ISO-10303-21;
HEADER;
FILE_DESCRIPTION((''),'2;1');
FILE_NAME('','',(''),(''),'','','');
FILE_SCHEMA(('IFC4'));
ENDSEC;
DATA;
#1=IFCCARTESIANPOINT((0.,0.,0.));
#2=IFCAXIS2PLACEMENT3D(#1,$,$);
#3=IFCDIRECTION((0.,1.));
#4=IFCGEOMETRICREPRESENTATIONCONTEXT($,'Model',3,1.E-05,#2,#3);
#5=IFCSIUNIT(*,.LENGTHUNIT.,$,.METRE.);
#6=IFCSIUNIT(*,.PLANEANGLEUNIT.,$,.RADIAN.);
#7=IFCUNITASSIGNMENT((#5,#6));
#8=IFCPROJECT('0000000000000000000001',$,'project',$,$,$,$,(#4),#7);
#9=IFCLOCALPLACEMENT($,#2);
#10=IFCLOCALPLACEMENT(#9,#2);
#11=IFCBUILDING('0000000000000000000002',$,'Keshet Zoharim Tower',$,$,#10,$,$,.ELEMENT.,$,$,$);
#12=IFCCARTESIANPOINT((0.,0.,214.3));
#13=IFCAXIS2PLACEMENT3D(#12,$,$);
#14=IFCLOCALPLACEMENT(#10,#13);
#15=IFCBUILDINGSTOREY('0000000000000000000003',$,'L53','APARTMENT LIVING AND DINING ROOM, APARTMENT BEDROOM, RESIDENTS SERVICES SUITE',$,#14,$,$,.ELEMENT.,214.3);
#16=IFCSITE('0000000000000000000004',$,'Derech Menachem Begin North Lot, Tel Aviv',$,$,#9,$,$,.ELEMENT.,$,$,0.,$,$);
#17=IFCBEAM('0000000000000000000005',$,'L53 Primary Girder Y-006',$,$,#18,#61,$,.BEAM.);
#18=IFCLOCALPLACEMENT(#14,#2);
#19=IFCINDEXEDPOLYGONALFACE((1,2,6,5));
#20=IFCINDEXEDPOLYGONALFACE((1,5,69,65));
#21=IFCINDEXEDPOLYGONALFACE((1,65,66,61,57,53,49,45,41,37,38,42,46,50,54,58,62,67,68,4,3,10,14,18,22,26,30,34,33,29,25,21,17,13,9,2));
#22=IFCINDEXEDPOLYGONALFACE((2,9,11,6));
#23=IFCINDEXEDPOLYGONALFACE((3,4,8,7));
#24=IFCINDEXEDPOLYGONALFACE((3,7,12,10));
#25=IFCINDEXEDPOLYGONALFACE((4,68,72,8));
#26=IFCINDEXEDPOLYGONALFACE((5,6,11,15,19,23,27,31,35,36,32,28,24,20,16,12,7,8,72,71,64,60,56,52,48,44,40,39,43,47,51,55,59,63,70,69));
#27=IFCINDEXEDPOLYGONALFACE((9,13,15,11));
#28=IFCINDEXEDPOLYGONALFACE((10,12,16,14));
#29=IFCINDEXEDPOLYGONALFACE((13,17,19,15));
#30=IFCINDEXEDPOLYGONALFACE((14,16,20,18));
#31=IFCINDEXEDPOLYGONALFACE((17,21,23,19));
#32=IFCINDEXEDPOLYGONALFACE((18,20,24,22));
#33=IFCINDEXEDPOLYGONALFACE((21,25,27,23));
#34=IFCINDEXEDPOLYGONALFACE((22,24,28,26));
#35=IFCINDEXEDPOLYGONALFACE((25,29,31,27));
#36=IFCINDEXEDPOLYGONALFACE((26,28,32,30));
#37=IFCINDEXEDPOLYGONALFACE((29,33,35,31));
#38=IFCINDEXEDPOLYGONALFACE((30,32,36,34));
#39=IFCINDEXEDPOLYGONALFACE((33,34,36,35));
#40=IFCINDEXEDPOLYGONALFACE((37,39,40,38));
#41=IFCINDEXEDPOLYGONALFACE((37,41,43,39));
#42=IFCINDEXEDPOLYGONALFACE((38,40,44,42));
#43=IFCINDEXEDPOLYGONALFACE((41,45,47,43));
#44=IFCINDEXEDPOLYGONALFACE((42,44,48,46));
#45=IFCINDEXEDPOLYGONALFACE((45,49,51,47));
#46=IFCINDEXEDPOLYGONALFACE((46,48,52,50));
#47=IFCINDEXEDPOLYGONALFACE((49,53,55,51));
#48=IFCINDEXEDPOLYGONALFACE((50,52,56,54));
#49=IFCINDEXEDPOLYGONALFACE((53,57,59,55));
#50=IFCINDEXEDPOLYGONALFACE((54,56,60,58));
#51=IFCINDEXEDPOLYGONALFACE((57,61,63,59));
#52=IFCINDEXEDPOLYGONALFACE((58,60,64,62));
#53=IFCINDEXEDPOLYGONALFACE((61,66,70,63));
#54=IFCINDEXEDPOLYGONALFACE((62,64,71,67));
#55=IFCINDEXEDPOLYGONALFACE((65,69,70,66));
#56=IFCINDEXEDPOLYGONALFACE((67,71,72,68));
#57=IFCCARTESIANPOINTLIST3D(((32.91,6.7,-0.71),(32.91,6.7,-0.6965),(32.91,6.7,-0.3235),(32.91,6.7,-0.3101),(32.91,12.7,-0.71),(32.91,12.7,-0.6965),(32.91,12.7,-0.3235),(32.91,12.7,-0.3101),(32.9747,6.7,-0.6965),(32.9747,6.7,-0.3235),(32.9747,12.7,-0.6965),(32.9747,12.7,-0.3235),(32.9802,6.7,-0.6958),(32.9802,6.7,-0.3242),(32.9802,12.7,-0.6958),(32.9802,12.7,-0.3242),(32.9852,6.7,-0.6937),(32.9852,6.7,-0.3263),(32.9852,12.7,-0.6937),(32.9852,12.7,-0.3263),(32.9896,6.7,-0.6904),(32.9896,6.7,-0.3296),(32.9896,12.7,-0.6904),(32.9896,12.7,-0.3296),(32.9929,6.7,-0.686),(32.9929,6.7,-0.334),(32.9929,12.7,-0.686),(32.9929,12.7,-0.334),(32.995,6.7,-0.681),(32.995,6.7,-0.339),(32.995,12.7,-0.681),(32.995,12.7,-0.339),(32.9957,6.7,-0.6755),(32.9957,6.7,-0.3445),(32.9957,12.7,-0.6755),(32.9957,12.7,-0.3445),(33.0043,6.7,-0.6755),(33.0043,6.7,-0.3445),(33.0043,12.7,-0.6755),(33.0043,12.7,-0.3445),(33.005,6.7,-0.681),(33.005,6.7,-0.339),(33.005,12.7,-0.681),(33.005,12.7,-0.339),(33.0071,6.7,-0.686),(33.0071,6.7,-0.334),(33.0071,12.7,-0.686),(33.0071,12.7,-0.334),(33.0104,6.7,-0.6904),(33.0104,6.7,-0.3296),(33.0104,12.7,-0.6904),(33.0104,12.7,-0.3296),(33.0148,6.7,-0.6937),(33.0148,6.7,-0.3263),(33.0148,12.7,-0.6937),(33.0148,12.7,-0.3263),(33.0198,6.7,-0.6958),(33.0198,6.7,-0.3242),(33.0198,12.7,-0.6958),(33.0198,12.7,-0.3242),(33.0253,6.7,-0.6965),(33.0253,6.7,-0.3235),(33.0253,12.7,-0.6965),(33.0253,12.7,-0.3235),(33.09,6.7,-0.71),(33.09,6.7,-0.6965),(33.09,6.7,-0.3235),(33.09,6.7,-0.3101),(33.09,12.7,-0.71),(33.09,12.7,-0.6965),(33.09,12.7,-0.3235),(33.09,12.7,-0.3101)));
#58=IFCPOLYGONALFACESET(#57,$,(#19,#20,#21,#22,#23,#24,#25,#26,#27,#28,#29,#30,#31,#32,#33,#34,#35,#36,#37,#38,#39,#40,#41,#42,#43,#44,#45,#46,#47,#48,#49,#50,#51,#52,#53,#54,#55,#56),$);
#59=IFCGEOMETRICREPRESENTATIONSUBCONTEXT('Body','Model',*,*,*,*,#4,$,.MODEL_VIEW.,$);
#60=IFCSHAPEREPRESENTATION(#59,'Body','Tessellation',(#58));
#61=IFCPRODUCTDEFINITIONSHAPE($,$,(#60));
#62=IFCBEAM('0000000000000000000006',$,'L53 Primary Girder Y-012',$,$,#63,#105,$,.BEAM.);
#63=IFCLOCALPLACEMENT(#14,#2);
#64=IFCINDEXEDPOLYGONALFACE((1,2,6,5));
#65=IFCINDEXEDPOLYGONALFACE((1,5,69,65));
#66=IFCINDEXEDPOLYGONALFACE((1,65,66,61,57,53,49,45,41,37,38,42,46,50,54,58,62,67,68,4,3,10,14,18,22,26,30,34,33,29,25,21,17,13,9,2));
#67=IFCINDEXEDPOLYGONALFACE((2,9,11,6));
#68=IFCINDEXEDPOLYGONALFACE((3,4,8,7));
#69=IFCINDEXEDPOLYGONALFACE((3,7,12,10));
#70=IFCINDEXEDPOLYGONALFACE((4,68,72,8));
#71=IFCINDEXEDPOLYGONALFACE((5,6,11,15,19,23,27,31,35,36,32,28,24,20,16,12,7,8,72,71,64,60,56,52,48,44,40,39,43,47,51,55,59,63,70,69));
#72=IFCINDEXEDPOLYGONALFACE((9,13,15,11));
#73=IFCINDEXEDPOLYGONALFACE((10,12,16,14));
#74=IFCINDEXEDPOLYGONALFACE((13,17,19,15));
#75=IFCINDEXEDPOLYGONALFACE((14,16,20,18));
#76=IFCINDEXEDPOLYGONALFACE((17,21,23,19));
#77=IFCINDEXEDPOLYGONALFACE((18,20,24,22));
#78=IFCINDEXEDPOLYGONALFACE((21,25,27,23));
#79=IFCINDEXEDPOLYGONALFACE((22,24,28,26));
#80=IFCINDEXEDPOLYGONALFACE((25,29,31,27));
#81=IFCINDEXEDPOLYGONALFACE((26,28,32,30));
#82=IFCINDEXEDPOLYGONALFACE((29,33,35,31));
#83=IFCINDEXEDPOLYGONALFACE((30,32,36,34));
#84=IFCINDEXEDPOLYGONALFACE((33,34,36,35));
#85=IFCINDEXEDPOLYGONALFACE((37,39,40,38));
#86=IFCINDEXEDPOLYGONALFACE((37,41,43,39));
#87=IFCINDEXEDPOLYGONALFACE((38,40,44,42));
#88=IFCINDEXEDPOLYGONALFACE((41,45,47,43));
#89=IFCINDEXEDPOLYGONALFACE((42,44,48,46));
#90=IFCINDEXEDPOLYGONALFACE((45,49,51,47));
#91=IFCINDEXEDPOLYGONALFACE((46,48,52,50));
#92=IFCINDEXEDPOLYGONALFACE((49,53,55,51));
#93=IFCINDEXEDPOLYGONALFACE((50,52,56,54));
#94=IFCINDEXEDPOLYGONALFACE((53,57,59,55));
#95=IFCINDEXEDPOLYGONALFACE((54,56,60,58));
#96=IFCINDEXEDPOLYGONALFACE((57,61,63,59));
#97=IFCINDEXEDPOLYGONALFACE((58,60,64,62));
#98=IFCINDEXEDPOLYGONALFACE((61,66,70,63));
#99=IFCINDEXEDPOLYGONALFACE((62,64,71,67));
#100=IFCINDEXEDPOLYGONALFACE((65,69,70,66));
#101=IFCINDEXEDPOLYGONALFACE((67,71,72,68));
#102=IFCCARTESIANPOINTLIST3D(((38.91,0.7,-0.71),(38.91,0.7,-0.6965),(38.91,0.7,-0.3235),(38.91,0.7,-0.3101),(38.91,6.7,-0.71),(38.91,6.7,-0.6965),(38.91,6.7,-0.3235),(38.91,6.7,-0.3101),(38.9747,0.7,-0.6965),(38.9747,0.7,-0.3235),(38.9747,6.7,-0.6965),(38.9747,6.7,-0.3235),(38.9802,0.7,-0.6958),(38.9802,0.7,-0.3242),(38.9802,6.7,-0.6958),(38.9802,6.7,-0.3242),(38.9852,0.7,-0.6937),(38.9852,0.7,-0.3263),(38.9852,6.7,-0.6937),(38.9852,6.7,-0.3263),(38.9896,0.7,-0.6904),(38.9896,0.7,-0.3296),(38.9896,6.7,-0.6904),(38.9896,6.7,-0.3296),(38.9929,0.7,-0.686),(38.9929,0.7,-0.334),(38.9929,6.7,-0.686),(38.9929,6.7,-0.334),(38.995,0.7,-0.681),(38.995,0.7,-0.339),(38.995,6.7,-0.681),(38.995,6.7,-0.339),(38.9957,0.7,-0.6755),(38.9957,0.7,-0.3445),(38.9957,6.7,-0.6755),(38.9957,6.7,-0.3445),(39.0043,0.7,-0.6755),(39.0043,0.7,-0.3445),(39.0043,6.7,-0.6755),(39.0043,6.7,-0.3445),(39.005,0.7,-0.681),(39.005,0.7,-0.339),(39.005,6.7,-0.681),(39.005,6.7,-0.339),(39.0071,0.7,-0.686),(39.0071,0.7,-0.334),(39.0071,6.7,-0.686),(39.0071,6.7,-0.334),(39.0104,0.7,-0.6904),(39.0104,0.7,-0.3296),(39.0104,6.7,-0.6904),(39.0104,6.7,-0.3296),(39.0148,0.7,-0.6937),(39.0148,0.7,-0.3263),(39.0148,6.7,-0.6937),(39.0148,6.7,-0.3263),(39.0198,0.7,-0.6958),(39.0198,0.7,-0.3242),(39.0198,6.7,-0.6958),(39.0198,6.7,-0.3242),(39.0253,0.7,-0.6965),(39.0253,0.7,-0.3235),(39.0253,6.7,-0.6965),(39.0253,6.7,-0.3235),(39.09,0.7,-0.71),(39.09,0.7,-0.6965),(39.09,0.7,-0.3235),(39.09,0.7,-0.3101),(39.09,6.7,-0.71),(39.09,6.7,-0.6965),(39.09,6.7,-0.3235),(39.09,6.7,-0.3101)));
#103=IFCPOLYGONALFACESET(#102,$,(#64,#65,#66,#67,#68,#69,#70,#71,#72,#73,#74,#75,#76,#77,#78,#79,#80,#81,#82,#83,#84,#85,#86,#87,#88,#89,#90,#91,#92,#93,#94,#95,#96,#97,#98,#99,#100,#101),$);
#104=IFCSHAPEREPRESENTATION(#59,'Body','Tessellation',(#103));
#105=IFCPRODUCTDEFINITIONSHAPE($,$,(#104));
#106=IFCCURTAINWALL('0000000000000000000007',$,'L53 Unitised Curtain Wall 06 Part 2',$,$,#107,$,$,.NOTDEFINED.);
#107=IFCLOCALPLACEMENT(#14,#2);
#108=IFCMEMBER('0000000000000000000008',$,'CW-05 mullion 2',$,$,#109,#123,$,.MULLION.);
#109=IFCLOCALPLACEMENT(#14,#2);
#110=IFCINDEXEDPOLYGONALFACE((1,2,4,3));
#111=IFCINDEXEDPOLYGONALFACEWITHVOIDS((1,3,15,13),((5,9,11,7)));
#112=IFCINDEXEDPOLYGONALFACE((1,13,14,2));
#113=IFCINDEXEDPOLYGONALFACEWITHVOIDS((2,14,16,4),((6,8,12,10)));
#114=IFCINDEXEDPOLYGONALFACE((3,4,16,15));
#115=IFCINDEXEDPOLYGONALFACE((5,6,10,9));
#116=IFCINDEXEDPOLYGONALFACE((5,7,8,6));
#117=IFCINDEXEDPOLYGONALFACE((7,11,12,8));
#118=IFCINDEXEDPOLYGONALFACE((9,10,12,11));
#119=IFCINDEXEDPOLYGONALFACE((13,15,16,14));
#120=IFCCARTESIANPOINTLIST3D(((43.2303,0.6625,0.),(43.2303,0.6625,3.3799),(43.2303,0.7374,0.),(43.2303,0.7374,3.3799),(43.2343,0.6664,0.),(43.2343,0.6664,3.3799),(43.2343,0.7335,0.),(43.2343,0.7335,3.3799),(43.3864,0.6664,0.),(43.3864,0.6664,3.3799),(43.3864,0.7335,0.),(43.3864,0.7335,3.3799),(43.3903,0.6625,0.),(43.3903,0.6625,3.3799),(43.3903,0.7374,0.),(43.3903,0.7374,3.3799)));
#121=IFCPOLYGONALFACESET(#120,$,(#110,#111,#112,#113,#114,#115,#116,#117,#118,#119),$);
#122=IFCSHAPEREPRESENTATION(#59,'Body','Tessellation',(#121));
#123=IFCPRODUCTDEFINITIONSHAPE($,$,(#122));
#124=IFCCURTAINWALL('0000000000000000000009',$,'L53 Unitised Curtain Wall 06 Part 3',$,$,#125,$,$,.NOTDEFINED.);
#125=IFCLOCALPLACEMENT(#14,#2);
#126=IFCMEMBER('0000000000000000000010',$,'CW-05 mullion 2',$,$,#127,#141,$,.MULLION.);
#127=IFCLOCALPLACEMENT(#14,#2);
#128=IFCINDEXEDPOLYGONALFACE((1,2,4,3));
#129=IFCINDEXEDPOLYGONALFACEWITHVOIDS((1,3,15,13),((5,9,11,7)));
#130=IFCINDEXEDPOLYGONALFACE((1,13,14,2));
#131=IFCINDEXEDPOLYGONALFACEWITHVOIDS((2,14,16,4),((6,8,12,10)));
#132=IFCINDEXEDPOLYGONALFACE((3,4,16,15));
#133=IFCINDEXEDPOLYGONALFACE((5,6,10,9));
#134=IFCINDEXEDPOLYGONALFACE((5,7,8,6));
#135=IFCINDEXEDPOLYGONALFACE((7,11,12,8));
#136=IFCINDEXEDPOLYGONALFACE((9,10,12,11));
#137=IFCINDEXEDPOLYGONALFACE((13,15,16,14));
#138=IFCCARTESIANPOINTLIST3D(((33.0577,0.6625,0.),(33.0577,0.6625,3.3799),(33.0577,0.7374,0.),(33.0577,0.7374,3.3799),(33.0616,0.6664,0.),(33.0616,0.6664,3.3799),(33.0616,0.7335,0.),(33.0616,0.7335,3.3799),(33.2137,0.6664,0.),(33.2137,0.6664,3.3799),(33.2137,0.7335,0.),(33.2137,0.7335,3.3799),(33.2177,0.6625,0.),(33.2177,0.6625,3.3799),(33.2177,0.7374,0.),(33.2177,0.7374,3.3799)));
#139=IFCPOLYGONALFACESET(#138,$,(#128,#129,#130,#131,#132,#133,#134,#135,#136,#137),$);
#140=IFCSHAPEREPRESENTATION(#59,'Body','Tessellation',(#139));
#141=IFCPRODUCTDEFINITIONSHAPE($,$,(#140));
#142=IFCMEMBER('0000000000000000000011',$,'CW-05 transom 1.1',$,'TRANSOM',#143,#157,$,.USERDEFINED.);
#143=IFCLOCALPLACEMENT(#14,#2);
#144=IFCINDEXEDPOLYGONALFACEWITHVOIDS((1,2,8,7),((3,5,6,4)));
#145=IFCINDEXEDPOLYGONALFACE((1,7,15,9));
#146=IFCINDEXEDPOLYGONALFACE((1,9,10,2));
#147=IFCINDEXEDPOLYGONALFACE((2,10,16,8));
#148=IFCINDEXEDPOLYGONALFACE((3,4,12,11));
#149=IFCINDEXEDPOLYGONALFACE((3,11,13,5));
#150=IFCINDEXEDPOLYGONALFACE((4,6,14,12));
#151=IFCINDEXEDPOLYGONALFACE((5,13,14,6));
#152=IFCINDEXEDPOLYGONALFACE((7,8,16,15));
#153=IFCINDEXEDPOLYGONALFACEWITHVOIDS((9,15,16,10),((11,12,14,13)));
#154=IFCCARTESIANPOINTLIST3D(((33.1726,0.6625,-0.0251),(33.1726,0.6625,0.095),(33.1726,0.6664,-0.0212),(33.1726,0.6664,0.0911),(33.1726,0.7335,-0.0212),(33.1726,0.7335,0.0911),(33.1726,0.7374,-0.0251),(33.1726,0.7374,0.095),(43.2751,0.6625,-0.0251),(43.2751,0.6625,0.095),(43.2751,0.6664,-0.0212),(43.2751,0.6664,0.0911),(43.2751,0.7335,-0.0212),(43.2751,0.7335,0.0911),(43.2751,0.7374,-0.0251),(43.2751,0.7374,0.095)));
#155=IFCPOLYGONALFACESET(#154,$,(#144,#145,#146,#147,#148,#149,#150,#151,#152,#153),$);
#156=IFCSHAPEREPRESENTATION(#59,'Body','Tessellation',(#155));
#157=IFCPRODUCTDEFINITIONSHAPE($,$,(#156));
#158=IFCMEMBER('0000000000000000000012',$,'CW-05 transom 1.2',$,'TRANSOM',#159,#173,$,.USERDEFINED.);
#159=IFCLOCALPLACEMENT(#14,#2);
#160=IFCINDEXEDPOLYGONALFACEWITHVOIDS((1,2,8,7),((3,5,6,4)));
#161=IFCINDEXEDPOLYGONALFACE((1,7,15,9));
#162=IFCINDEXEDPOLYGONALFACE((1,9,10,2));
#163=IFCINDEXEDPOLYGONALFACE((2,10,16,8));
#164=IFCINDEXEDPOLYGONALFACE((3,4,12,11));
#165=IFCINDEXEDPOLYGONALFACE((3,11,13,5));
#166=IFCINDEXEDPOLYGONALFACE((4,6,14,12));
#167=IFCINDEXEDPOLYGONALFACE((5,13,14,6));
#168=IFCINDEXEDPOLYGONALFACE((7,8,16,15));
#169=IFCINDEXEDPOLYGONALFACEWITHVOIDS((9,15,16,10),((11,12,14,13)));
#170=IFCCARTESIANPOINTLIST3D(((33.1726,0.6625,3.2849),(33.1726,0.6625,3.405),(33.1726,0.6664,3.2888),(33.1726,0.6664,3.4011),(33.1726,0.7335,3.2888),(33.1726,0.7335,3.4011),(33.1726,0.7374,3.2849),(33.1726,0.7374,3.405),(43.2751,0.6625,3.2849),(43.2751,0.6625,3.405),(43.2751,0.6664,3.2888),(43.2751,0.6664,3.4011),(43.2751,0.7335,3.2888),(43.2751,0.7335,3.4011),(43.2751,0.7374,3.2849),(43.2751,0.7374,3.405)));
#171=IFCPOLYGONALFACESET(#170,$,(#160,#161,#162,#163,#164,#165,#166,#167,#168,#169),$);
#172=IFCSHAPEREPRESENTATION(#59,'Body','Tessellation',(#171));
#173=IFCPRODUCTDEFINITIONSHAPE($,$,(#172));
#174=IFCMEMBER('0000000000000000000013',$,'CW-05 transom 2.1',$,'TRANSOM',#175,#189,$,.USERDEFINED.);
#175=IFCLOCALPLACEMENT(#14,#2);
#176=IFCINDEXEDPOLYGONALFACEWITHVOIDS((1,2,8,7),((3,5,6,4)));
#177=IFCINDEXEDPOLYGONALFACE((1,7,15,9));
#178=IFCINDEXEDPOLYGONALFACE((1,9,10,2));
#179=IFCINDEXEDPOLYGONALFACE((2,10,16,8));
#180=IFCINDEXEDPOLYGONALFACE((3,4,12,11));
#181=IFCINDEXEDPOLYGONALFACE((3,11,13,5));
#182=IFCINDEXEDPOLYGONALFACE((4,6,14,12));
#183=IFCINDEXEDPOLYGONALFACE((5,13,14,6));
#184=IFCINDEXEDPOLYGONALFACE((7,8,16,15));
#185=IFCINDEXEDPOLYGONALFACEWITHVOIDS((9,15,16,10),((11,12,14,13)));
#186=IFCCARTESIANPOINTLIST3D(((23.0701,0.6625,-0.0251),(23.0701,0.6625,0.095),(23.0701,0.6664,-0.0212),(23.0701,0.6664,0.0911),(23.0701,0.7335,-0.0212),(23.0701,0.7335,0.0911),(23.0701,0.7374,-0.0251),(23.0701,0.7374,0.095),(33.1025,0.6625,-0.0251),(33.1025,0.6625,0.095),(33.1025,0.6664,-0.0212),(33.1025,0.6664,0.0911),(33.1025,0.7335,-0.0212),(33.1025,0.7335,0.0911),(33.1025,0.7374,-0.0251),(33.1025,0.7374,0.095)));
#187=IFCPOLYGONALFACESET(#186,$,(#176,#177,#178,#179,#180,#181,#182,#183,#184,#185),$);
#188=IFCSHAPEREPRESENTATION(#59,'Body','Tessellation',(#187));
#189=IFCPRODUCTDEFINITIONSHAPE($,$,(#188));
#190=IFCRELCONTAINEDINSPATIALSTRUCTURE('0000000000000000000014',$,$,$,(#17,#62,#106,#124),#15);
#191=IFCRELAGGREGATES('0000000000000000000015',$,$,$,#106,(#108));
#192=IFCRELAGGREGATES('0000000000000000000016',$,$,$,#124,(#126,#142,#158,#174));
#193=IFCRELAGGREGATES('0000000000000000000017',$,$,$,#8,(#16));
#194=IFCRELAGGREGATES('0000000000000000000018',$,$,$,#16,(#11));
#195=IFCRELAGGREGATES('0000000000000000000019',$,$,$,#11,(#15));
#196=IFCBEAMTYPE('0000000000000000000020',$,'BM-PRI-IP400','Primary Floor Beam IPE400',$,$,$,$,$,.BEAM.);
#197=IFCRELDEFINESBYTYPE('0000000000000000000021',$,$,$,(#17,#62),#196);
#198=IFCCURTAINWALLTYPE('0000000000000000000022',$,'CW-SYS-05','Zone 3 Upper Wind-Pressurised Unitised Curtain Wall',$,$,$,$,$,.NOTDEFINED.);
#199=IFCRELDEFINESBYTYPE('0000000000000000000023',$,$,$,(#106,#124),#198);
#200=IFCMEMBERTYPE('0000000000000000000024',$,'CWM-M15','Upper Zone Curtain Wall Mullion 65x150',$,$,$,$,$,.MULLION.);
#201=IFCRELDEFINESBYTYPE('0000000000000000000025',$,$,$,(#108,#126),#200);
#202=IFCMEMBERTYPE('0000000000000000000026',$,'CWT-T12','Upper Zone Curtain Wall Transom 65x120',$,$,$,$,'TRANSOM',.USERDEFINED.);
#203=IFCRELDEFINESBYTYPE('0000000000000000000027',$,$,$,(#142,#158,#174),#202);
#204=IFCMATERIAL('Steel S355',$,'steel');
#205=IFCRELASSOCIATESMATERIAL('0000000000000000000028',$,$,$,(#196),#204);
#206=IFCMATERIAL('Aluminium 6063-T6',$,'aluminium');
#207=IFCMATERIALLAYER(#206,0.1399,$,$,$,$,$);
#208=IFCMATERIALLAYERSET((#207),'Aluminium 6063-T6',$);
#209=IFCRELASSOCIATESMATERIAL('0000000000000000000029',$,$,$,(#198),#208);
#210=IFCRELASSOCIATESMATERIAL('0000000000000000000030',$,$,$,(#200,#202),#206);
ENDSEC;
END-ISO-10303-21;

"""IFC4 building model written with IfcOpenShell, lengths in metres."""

from ifc_helpers import new_model, si_unit, direction, frame, origin, origin_2d, place, context, subcontext, project, spatial, hollow_rectangle, i_section, extrude, material, layer, layer_set, material_profile, profile_set, type_object, element, aggregate, save


model = new_model("IFC4")

# Units and contexts
model_context = context("Model", 3, precision=1e-05, world=origin(), true_north=direction((0.0, 1.0)))
body_context = subcontext(model_context, "Body", "Model", "MODEL_VIEW")
ifc_project = project(units=[si_unit("LENGTHUNIT", "METRE"), si_unit("PLANEANGLEUNIT", "RADIAN")], contexts=[model_context])

# Site, building, storey
site_placement = place(None, origin())
site = spatial("IfcSite", under=ifc_project, at=site_placement, Name="Derech Menachem Begin North Lot, Tel Aviv", CompositionType="ELEMENT", RefElevation=0.0)
building_placement = place(site_placement, origin())
building = spatial("IfcBuilding", under=site, at=building_placement, Name="Keshet Zoharim Tower", CompositionType="ELEMENT")
storey_placement = place(building_placement, frame((0.0, 0.0, 214.3)))
storey = spatial("IfcBuildingStorey", under=building, at=storey_placement, Name="L53", Description="APARTMENT LIVING AND DINING ROOM, APARTMENT BEDROOM, RESIDENTS SERVICES SUITE", CompositionType="ELEMENT", Elevation=214.3)

# Shared definitions
ifc_material_1 = material(Name="Steel S355", Category="steel")

# Beams
ifc_material_profile_1 = material_profile(ifc_material_1, i_section(OverallWidth=0.1799, OverallDepth=0.3999, WebThickness=0.0085, FlangeThickness=0.0134, FilletRadius=0.021, at=origin_2d()), Name="IPE400")
ifc_profile_set_1 = profile_set([ifc_material_profile_1], Name="Steel S355")
beam_type_1 = type_object("IfcBeamType", Name="BM-PRI-IP400", Description="Primary Floor Beam IPE400", PredefinedType="BEAM", material=ifc_profile_set_1)
for number, where, z_axis, x_axis, name in (
    (1, (33.0, 6.7, -0.51), (0.0, 1.0, 0.0), (-1.0, 0.0, 0.0), "L53 Primary Girder Y-006"),
    (2, (39.0, 0.7, -0.51), (0.0, 1.0, 0.0), (-1.0, 0.0, 0.0), "L53 Primary Girder Y-012"),
):
    element("IfcBeam", number, at=place(storey_placement, frame(where, z_axis=z_axis, x_axis=x_axis)), inside=storey, type_object=beam_type_1, Name=name, PredefinedType="BEAM", context=body_context, shape_type="SweptSolid", body=[
        extrude(i_section(OverallWidth=0.1799, OverallDepth=0.3999, WebThickness=0.0085, FlangeThickness=0.0134, FilletRadius=0.021, at=origin_2d()), origin(), (0.0, 0.0, 1.0), 6.0),
    ])

# Curtain wall, member
ifc_material_2 = material(Name="Aluminium 6063-T6", Category="aluminium")
ifc_layer_1 = layer(ifc_material_2, 0.1399)
ifc_layer_set_1 = layer_set([ifc_layer_1], Name="Aluminium 6063-T6")
curtain_wall_type = type_object("IfcCurtainWallType", Name="CW-SYS-05", Description="Zone 3 Upper Wind-Pressurised Unitised Curtain Wall", PredefinedType="NOTDEFINED", material=ifc_layer_set_1)
curtain_wall_1_placement = place(storey_placement, origin())
curtain_wall_1 = element("IfcCurtainWall", 3, at=curtain_wall_1_placement, inside=storey, type_object=curtain_wall_type, Name="L53 Unitised Curtain Wall 06 Part 2", PredefinedType="NOTDEFINED")
ifc_material_profile_2 = material_profile(ifc_material_2, hollow_rectangle(XDim=0.075, YDim=0.1599, WallThickness=0.0039, at=origin_2d()), Name="MUL-75x160")
ifc_profile_set_2 = profile_set([ifc_material_profile_2], Name="Aluminium 6063-T6")
member_type_1 = type_object("IfcMemberType", Name="CWM-M15", Description="Upper Zone Curtain Wall Mullion 65x150", PredefinedType="MULLION", material=ifc_profile_set_2)
member_1_placement = place(storey_placement, frame((43.3103, 0.7, 0.0), z_axis=(0.0, 0.0, 1.0), x_axis=(0.0, -1.0, 0.0)))
member_1 = element("IfcMember", 4, at=member_1_placement, type_object=member_type_1, Name="CW-05 mullion 2", PredefinedType="MULLION", context=body_context, shape_type="SweptSolid", body=[
    extrude(hollow_rectangle(XDim=0.075, YDim=0.1599, WallThickness=0.0039, at=origin_2d()), origin(), (0.0, 0.0, 1.0), 3.3799),
])
aggregate(curtain_wall_1, [member_1])

# Curtain wall, members
curtain_wall_2_placement = place(storey_placement, origin())
curtain_wall_2 = element("IfcCurtainWall", 5, at=curtain_wall_2_placement, inside=storey, type_object=curtain_wall_type, Name="L53 Unitised Curtain Wall 06 Part 3", PredefinedType="NOTDEFINED")
member_2_placement = place(storey_placement, frame((33.1377, 0.7, 0.0), z_axis=(0.0, 0.0, 1.0), x_axis=(0.0, -1.0, 0.0)))
member_2 = element("IfcMember", 6, at=member_2_placement, type_object=member_type_1, Name="CW-05 mullion 2", PredefinedType="MULLION", context=body_context, shape_type="SweptSolid", body=[
    extrude(hollow_rectangle(XDim=0.075, YDim=0.1599, WallThickness=0.0039, at=origin_2d()), origin(), (0.0, 0.0, 1.0), 3.3799),
])
ifc_material_profile_3 = material_profile(ifc_material_2, hollow_rectangle(XDim=0.075, YDim=0.1201, WallThickness=0.0039, at=origin_2d()), Name="TRN-75x120")
ifc_profile_set_3 = profile_set([ifc_material_profile_3], Name="Aluminium 6063-T6")
member_type_2 = type_object("IfcMemberType", Name="CWT-T12", Description="Upper Zone Curtain Wall Transom 65x120", ElementType="TRANSOM", PredefinedType="USERDEFINED", material=ifc_profile_set_3)
member_3_placement = place(storey_placement, frame((43.2751, 0.7, 0.0349), z_axis=(-1.0, 0.0, 0.0), x_axis=(0.0, -1.0, 0.0)))
member_3 = element("IfcMember", 7, at=member_3_placement, type_object=member_type_2, Name="CW-05 transom 1.1", ObjectType="TRANSOM", PredefinedType="USERDEFINED", context=body_context, shape_type="SweptSolid", body=[
    extrude(hollow_rectangle(XDim=0.075, YDim=0.1201, WallThickness=0.0039, at=origin_2d()), origin(), (0.0, 0.0, 1.0), 10.1025),
])
member_4_placement = place(storey_placement, frame((43.2751, 0.7, 3.345), z_axis=(-1.0, 0.0, 0.0), x_axis=(0.0, -1.0, 0.0)))
member_4 = element("IfcMember", 8, at=member_4_placement, type_object=member_type_2, Name="CW-05 transom 1.2", ObjectType="TRANSOM", PredefinedType="USERDEFINED", context=body_context, shape_type="SweptSolid", body=[
    extrude(hollow_rectangle(XDim=0.075, YDim=0.1201, WallThickness=0.0039, at=origin_2d()), origin(), (0.0, 0.0, 1.0), 10.1025),
])
member_5_placement = place(storey_placement, frame((33.1025, 0.7, 0.0349), z_axis=(-1.0, 0.0, 0.0), x_axis=(0.0, -1.0, 0.0)))
member_5 = element("IfcMember", 9, at=member_5_placement, type_object=member_type_2, Name="CW-05 transom 2.1", ObjectType="TRANSOM", PredefinedType="USERDEFINED", context=body_context, shape_type="SweptSolid", body=[
    extrude(hollow_rectangle(XDim=0.075, YDim=0.1201, WallThickness=0.0039, at=origin_2d()), origin(), (0.0, 0.0, 1.0), 10.0325),
])
aggregate(curtain_wall_2, [member_2, member_3, member_4, member_5])

save(model, "model.ifc")
